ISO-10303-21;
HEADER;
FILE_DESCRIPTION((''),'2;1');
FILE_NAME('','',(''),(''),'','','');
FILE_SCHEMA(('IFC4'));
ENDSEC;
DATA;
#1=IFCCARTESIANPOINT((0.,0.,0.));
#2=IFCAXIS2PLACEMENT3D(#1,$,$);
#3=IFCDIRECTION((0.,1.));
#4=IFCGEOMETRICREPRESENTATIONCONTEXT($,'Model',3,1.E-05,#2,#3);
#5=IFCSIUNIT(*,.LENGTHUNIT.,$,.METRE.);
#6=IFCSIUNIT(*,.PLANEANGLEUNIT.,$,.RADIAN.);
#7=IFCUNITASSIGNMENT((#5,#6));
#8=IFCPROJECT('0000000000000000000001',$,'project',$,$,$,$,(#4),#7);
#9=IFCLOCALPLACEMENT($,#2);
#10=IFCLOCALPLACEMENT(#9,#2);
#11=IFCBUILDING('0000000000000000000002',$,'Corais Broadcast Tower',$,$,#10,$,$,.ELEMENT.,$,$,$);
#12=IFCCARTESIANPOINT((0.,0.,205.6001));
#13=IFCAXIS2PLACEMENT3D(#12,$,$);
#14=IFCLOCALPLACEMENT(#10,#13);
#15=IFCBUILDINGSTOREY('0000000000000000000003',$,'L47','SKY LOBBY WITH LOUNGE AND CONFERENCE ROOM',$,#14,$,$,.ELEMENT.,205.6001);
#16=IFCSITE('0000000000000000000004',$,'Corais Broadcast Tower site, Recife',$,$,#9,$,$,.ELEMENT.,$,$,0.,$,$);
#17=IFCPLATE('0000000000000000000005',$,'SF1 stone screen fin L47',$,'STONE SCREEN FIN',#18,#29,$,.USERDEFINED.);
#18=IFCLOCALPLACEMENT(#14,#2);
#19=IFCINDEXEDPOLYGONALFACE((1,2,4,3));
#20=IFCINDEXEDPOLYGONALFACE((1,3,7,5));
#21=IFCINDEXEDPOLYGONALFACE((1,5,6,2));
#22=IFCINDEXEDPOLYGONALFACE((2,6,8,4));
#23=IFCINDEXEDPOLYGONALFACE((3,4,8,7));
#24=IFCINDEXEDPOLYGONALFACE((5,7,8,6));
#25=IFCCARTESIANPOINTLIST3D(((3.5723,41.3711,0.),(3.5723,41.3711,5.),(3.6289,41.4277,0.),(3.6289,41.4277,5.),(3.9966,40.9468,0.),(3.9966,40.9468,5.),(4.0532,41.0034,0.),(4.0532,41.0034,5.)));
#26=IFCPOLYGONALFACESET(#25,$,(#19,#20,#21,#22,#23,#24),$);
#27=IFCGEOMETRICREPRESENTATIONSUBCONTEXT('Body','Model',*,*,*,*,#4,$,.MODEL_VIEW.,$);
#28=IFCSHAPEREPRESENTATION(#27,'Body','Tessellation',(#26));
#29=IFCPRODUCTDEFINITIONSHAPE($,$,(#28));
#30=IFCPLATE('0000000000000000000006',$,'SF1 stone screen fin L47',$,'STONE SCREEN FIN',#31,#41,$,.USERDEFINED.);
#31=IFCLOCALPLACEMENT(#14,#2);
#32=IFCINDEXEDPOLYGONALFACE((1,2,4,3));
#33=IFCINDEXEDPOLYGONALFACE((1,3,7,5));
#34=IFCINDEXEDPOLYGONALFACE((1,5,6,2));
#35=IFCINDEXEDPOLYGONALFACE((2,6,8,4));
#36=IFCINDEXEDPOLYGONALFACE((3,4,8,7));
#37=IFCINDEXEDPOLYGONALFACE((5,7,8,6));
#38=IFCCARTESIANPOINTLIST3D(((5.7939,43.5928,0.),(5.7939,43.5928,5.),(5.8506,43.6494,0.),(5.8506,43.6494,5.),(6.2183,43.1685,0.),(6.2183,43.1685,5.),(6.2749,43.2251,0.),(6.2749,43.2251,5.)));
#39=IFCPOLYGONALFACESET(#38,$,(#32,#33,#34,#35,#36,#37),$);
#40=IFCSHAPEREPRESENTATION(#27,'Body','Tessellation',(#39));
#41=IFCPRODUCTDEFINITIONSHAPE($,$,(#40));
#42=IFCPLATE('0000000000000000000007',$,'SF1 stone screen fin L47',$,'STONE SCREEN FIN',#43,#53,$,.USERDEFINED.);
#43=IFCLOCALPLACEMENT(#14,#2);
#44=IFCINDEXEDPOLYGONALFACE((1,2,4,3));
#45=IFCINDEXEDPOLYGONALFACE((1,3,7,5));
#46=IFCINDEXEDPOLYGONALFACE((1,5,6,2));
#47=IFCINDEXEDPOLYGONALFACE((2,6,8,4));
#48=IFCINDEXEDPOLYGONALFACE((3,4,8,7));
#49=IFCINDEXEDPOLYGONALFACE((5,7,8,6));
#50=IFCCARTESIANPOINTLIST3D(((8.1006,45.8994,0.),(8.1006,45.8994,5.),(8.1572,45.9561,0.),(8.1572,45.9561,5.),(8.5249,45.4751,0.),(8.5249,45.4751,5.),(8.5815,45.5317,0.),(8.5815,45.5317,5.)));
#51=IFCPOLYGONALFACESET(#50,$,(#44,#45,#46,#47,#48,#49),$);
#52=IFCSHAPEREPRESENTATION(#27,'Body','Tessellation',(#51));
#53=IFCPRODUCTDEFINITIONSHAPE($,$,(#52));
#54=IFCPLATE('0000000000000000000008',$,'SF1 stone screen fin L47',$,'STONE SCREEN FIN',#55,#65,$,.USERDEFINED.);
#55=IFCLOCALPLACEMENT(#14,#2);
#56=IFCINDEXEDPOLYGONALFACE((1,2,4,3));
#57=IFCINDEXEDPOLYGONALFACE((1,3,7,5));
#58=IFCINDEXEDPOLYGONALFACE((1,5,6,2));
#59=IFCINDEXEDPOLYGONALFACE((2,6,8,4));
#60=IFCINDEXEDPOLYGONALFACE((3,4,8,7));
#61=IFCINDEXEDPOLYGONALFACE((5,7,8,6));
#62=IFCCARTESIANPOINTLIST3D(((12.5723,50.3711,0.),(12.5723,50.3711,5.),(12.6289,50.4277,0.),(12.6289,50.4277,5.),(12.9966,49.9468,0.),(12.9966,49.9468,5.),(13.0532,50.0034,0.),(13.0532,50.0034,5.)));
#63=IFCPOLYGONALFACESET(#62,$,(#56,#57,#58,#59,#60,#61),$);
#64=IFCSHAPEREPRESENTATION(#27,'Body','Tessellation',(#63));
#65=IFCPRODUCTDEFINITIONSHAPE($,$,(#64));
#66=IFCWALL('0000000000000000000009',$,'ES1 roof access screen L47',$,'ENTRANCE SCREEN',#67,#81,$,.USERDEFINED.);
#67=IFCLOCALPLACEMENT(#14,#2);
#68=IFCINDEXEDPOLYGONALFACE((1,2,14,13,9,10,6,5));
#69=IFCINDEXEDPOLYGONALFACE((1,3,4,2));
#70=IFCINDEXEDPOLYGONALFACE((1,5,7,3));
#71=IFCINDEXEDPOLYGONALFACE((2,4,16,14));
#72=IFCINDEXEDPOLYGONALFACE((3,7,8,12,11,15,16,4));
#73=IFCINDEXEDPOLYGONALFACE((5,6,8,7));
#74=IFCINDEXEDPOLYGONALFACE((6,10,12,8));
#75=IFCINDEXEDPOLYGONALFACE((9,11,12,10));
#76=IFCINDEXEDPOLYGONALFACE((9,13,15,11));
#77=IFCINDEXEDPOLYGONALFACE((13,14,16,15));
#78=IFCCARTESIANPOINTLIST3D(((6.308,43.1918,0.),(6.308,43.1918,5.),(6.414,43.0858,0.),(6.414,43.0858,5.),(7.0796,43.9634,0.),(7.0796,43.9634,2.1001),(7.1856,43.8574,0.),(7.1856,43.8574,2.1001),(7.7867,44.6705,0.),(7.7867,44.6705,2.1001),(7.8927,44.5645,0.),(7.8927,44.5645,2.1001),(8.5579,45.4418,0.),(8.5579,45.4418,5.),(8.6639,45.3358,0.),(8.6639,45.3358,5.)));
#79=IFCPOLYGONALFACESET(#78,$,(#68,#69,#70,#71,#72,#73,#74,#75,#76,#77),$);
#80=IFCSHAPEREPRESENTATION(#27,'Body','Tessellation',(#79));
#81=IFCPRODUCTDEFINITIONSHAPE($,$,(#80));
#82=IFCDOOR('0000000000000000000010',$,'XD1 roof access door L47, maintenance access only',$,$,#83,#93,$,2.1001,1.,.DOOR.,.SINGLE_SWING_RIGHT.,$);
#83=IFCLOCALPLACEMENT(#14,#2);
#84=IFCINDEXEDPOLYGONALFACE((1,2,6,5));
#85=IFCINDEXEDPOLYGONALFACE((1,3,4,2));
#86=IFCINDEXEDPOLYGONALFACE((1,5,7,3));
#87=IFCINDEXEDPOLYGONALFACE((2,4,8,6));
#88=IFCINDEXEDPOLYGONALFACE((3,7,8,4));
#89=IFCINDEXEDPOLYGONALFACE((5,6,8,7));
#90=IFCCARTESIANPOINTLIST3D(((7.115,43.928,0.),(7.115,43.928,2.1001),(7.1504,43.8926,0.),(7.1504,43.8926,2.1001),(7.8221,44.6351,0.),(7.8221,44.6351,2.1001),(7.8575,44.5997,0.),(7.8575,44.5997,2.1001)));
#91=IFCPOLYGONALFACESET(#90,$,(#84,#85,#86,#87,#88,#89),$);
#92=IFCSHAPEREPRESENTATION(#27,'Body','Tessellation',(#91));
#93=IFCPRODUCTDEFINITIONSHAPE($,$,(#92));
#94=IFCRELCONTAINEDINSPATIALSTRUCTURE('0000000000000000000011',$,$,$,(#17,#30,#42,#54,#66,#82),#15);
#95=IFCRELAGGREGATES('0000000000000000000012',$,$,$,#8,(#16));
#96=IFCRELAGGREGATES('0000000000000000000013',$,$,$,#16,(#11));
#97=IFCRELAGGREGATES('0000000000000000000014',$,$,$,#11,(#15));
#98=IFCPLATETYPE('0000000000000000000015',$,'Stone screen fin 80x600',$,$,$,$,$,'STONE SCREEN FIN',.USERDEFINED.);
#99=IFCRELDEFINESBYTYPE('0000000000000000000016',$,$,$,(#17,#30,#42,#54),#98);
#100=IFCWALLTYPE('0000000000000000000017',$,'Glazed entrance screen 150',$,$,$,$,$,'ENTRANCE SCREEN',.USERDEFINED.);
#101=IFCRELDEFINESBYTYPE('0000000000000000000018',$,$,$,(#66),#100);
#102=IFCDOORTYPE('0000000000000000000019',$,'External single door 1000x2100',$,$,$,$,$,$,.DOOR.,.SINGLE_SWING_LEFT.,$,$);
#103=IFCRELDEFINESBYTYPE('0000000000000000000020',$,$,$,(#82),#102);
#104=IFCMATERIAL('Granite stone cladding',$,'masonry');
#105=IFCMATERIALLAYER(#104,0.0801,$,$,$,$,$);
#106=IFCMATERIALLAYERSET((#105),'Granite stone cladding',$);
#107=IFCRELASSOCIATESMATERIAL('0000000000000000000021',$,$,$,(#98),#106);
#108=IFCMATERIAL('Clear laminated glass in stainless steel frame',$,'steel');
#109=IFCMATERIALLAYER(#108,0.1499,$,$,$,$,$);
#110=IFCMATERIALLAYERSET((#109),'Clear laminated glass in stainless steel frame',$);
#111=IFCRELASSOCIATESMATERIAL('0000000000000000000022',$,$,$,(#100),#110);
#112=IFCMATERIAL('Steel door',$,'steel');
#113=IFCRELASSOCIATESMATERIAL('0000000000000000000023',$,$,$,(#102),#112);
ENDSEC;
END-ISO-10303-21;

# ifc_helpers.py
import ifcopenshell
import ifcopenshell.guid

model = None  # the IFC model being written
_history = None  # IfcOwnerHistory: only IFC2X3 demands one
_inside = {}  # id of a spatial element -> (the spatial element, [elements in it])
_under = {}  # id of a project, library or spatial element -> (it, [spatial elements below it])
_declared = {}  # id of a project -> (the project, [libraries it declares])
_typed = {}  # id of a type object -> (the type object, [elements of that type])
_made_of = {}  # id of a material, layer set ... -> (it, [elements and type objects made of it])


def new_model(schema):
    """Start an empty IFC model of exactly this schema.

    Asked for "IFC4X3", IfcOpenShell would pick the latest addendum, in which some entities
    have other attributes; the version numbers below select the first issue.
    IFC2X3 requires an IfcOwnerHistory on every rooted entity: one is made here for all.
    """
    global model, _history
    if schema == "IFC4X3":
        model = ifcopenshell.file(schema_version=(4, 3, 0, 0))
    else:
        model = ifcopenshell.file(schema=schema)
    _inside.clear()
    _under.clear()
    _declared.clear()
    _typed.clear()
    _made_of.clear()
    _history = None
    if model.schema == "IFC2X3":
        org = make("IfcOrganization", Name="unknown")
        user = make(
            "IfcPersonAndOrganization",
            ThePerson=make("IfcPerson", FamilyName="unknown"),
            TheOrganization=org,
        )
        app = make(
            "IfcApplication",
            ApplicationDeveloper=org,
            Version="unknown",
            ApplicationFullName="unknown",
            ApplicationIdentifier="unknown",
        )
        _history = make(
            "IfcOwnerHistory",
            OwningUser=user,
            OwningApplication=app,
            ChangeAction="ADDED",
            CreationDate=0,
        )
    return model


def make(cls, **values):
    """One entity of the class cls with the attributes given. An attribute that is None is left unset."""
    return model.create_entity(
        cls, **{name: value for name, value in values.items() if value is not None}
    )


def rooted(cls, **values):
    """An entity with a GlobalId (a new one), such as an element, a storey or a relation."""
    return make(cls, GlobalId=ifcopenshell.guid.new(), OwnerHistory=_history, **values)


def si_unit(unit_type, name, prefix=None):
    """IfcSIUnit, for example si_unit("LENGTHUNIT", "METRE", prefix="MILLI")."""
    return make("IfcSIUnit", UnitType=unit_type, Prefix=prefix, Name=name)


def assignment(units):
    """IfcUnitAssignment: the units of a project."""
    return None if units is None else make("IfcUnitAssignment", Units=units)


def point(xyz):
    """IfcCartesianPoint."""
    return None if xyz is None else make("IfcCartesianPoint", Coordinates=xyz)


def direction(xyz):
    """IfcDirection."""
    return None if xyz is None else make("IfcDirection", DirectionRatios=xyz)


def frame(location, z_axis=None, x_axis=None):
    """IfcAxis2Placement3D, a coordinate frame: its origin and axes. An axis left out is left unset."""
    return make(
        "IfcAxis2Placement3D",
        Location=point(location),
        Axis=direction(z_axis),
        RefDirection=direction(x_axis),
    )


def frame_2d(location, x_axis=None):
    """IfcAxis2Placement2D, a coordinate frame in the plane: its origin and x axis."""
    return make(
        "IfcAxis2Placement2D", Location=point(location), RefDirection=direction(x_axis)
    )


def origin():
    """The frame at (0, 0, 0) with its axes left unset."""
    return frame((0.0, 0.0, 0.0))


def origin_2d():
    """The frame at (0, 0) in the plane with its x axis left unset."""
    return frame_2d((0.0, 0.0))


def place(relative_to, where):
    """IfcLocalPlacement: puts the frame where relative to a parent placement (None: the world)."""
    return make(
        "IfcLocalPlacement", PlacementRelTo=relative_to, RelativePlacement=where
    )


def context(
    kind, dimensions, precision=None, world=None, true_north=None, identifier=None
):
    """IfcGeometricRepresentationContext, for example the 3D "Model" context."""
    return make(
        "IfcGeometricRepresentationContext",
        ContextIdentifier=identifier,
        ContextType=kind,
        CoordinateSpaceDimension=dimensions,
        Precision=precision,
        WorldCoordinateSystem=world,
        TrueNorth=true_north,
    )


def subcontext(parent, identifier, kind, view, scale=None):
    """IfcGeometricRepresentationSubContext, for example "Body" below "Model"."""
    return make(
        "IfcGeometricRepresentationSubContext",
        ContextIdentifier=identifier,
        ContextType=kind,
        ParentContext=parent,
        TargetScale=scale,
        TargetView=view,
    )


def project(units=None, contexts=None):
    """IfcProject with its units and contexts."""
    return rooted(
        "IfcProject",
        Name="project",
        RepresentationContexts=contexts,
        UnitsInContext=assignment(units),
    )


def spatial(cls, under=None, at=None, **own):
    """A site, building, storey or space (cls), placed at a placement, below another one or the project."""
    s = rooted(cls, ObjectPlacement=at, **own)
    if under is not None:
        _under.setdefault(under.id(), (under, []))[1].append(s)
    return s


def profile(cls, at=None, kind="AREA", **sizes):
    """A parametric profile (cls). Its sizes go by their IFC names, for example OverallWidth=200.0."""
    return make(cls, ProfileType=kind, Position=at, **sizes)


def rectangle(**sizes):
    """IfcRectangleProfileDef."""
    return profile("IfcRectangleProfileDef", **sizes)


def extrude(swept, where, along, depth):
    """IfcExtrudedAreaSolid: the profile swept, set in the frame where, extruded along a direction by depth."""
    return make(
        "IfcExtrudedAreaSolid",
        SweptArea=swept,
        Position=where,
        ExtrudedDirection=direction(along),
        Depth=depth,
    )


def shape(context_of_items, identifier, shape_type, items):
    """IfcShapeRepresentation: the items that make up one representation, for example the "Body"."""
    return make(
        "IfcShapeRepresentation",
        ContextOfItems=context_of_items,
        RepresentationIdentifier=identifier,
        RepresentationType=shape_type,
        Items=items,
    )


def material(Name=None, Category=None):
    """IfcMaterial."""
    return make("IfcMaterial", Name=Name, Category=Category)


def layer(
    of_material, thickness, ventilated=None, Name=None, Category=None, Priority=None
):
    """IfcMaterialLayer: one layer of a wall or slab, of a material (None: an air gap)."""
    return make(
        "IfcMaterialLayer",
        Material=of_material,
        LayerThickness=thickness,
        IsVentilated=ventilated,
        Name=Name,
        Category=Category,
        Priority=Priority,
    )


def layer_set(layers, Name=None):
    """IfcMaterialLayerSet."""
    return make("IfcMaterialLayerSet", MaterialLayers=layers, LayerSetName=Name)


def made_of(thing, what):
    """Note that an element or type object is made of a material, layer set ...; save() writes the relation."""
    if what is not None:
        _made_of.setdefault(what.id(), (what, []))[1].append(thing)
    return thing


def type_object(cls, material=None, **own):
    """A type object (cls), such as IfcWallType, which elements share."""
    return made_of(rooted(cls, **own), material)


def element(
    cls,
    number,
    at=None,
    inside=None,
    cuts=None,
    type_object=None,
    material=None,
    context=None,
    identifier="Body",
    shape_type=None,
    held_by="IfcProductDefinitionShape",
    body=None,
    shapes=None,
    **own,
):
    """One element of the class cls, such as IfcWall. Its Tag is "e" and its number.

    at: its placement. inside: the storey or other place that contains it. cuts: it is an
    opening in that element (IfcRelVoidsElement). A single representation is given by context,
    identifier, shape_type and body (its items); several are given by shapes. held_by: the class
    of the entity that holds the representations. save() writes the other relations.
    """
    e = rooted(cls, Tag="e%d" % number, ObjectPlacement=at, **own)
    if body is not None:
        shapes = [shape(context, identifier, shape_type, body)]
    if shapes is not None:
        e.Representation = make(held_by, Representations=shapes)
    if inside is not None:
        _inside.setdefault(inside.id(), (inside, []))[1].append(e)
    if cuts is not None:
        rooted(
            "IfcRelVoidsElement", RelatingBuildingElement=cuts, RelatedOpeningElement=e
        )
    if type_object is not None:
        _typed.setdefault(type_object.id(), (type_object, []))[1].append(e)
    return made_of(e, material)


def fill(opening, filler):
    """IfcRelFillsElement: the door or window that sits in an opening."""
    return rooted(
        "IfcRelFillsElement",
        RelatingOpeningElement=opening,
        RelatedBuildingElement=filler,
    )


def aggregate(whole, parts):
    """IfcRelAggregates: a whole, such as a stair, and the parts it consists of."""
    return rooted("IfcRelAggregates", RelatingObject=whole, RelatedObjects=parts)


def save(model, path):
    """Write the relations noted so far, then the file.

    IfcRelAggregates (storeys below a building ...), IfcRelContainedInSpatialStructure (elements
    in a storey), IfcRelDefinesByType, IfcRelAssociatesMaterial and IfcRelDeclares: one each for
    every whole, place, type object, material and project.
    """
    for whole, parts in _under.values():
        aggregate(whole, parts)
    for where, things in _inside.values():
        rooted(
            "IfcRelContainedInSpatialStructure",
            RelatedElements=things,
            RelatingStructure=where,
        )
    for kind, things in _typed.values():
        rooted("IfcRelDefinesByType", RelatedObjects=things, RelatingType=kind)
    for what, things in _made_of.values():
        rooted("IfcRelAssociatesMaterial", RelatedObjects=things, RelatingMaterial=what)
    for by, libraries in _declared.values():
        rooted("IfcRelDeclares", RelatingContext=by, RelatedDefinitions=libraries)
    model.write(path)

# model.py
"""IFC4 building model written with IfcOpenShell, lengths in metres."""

from ifc_helpers import new_model, si_unit, direction, frame, frame_2d, origin, origin_2d, place, context, subcontext, project, spatial, rectangle, extrude, material, layer, layer_set, type_object, element, fill, save


model = new_model("IFC4")

# Units and contexts
model_context = context("Model", 3, precision=1e-05, world=origin(), true_north=direction((0.0, 1.0)))
body_context = subcontext(model_context, "Body", "Model", "MODEL_VIEW")
ifc_project = project(units=[si_unit("LENGTHUNIT", "METRE"), si_unit("PLANEANGLEUNIT", "RADIAN")], contexts=[model_context])

# Site, building, storey
site_placement = place(None, origin())
site = spatial("IfcSite", under=ifc_project, at=site_placement, Name="Corais Broadcast Tower site, Recife", CompositionType="ELEMENT", RefElevation=0.0)
building_placement = place(site_placement, origin())
building = spatial("IfcBuilding", under=site, at=building_placement, Name="Corais Broadcast Tower", CompositionType="ELEMENT")
storey_placement = place(building_placement, frame((0.0, 0.0, 205.6001)))
storey = spatial("IfcBuildingStorey", under=building, at=storey_placement, Name="L47", Description="SKY LOBBY WITH LOUNGE AND CONFERENCE ROOM", CompositionType="ELEMENT", Elevation=205.6001)

# Plates
ifc_material_1 = material(Name="Granite stone cladding", Category="masonry")
ifc_layer_1 = layer(ifc_material_1, 0.0801)
ifc_layer_set_1 = layer_set([ifc_layer_1], Name="Granite stone cladding")
plate_type_1 = type_object("IfcPlateType", Name="Stone screen fin 80x600", ElementType="STONE SCREEN FIN", PredefinedType="USERDEFINED", material=ifc_layer_set_1)
for number, where, z_axis, x_axis, name in (
    (1, (3.8127, 41.1873, 0.0), (0.0, 0.0, 1.0), (0.707107, 0.707107, 0.0), "SF1 stone screen fin L47"),
    (2, (6.0344, 43.4089, 0.0), (0.0, 0.0, 1.0), (0.707107, 0.707107, 0.0), "SF1 stone screen fin L47"),
    (3, (8.3411, 45.7156, 0.0), (0.0, 0.0, 1.0), (0.707107, 0.707107, 0.0), "SF1 stone screen fin L47"),
    (4, (12.8127, 50.1873, 0.0), (0.0, 0.0, 1.0), (0.707107, 0.707107, 0.0), "SF1 stone screen fin L47"),
):
    element("IfcPlate", number, at=place(storey_placement, frame(where, z_axis=z_axis, x_axis=x_axis)), inside=storey, type_object=plate_type_1, Name=name, ObjectType="STONE SCREEN FIN", PredefinedType="USERDEFINED", context=body_context, shape_type="SweptSolid", body=[
        extrude(rectangle(XDim=0.0801, YDim=0.6001, at=origin_2d()), origin(), (0.0, 0.0, 1.0), 5.0),
    ])

# Wall, opening, door
ifc_material_2 = material(Name="Clear laminated glass in stainless steel frame", Category="steel")
ifc_layer_2 = layer(ifc_material_2, 0.1499)
ifc_layer_set_2 = layer_set([ifc_layer_2], Name="Clear laminated glass in stainless steel frame")
wall_type = type_object("IfcWallType", Name="Glazed entrance screen 150", ElementType="ENTRANCE SCREEN", PredefinedType="USERDEFINED", material=ifc_layer_set_2)
wall_placement = place(storey_placement, frame((6.3611, 43.1389, 0.0), z_axis=(0.0, 0.0, 1.0), x_axis=(0.707107, 0.707107, 0.0)))
wall = element("IfcWall", 5, at=wall_placement, inside=storey, type_object=wall_type, Name="ES1 roof access screen L47", ObjectType="ENTRANCE SCREEN", PredefinedType="USERDEFINED", context=body_context, shape_type="SweptSolid", body=[
    extrude(rectangle(XDim=3.1819, YDim=0.1499, at=frame_2d((1.5908, 0.0))), origin(), (0.0, 0.0, 1.0), 5.0),
])
opening_placement = place(wall_placement, frame((1.0911, 0.0, 0.0)))
opening = element("IfcOpeningElement", 6, at=opening_placement, cuts=wall, PredefinedType="OPENING", context=body_context, shape_type="SweptSolid", body=[
    extrude(rectangle(XDim=1.0, YDim=2.1001, at=frame_2d((0.5, 1.05))), frame((0.0, 0.085, 0.0), z_axis=(0.0, -1.0, 0.0), x_axis=(1.0, 0.0, 0.0)), (0.0, 0.0, 1.0), 0.1699),
])
ifc_material_3 = material(Name="Steel door", Category="steel")
door_type = type_object("IfcDoorType", Name="External single door 1000x2100", OperationType="SINGLE_SWING_LEFT", PredefinedType="DOOR", material=ifc_material_3)
door_placement = place(opening_placement, origin())
door = element("IfcDoor", 7, at=door_placement, inside=storey, type_object=door_type, Name="XD1 roof access door L47, maintenance access only", OperationType="SINGLE_SWING_RIGHT", OverallHeight=2.1001, OverallWidth=1.0, PredefinedType="DOOR", context=body_context, shape_type="SweptSolid", body=[
    extrude(rectangle(XDim=1.0, YDim=2.1001, at=frame_2d((0.5, 1.05))), frame((0.0, 0.0249, 0.0), z_axis=(0.0, -1.0, 0.0), x_axis=(1.0, 0.0, 0.0)), (0.0, 0.0, 1.0), 0.05),
])
fill(opening, door)

save(model, "model.ifc")
